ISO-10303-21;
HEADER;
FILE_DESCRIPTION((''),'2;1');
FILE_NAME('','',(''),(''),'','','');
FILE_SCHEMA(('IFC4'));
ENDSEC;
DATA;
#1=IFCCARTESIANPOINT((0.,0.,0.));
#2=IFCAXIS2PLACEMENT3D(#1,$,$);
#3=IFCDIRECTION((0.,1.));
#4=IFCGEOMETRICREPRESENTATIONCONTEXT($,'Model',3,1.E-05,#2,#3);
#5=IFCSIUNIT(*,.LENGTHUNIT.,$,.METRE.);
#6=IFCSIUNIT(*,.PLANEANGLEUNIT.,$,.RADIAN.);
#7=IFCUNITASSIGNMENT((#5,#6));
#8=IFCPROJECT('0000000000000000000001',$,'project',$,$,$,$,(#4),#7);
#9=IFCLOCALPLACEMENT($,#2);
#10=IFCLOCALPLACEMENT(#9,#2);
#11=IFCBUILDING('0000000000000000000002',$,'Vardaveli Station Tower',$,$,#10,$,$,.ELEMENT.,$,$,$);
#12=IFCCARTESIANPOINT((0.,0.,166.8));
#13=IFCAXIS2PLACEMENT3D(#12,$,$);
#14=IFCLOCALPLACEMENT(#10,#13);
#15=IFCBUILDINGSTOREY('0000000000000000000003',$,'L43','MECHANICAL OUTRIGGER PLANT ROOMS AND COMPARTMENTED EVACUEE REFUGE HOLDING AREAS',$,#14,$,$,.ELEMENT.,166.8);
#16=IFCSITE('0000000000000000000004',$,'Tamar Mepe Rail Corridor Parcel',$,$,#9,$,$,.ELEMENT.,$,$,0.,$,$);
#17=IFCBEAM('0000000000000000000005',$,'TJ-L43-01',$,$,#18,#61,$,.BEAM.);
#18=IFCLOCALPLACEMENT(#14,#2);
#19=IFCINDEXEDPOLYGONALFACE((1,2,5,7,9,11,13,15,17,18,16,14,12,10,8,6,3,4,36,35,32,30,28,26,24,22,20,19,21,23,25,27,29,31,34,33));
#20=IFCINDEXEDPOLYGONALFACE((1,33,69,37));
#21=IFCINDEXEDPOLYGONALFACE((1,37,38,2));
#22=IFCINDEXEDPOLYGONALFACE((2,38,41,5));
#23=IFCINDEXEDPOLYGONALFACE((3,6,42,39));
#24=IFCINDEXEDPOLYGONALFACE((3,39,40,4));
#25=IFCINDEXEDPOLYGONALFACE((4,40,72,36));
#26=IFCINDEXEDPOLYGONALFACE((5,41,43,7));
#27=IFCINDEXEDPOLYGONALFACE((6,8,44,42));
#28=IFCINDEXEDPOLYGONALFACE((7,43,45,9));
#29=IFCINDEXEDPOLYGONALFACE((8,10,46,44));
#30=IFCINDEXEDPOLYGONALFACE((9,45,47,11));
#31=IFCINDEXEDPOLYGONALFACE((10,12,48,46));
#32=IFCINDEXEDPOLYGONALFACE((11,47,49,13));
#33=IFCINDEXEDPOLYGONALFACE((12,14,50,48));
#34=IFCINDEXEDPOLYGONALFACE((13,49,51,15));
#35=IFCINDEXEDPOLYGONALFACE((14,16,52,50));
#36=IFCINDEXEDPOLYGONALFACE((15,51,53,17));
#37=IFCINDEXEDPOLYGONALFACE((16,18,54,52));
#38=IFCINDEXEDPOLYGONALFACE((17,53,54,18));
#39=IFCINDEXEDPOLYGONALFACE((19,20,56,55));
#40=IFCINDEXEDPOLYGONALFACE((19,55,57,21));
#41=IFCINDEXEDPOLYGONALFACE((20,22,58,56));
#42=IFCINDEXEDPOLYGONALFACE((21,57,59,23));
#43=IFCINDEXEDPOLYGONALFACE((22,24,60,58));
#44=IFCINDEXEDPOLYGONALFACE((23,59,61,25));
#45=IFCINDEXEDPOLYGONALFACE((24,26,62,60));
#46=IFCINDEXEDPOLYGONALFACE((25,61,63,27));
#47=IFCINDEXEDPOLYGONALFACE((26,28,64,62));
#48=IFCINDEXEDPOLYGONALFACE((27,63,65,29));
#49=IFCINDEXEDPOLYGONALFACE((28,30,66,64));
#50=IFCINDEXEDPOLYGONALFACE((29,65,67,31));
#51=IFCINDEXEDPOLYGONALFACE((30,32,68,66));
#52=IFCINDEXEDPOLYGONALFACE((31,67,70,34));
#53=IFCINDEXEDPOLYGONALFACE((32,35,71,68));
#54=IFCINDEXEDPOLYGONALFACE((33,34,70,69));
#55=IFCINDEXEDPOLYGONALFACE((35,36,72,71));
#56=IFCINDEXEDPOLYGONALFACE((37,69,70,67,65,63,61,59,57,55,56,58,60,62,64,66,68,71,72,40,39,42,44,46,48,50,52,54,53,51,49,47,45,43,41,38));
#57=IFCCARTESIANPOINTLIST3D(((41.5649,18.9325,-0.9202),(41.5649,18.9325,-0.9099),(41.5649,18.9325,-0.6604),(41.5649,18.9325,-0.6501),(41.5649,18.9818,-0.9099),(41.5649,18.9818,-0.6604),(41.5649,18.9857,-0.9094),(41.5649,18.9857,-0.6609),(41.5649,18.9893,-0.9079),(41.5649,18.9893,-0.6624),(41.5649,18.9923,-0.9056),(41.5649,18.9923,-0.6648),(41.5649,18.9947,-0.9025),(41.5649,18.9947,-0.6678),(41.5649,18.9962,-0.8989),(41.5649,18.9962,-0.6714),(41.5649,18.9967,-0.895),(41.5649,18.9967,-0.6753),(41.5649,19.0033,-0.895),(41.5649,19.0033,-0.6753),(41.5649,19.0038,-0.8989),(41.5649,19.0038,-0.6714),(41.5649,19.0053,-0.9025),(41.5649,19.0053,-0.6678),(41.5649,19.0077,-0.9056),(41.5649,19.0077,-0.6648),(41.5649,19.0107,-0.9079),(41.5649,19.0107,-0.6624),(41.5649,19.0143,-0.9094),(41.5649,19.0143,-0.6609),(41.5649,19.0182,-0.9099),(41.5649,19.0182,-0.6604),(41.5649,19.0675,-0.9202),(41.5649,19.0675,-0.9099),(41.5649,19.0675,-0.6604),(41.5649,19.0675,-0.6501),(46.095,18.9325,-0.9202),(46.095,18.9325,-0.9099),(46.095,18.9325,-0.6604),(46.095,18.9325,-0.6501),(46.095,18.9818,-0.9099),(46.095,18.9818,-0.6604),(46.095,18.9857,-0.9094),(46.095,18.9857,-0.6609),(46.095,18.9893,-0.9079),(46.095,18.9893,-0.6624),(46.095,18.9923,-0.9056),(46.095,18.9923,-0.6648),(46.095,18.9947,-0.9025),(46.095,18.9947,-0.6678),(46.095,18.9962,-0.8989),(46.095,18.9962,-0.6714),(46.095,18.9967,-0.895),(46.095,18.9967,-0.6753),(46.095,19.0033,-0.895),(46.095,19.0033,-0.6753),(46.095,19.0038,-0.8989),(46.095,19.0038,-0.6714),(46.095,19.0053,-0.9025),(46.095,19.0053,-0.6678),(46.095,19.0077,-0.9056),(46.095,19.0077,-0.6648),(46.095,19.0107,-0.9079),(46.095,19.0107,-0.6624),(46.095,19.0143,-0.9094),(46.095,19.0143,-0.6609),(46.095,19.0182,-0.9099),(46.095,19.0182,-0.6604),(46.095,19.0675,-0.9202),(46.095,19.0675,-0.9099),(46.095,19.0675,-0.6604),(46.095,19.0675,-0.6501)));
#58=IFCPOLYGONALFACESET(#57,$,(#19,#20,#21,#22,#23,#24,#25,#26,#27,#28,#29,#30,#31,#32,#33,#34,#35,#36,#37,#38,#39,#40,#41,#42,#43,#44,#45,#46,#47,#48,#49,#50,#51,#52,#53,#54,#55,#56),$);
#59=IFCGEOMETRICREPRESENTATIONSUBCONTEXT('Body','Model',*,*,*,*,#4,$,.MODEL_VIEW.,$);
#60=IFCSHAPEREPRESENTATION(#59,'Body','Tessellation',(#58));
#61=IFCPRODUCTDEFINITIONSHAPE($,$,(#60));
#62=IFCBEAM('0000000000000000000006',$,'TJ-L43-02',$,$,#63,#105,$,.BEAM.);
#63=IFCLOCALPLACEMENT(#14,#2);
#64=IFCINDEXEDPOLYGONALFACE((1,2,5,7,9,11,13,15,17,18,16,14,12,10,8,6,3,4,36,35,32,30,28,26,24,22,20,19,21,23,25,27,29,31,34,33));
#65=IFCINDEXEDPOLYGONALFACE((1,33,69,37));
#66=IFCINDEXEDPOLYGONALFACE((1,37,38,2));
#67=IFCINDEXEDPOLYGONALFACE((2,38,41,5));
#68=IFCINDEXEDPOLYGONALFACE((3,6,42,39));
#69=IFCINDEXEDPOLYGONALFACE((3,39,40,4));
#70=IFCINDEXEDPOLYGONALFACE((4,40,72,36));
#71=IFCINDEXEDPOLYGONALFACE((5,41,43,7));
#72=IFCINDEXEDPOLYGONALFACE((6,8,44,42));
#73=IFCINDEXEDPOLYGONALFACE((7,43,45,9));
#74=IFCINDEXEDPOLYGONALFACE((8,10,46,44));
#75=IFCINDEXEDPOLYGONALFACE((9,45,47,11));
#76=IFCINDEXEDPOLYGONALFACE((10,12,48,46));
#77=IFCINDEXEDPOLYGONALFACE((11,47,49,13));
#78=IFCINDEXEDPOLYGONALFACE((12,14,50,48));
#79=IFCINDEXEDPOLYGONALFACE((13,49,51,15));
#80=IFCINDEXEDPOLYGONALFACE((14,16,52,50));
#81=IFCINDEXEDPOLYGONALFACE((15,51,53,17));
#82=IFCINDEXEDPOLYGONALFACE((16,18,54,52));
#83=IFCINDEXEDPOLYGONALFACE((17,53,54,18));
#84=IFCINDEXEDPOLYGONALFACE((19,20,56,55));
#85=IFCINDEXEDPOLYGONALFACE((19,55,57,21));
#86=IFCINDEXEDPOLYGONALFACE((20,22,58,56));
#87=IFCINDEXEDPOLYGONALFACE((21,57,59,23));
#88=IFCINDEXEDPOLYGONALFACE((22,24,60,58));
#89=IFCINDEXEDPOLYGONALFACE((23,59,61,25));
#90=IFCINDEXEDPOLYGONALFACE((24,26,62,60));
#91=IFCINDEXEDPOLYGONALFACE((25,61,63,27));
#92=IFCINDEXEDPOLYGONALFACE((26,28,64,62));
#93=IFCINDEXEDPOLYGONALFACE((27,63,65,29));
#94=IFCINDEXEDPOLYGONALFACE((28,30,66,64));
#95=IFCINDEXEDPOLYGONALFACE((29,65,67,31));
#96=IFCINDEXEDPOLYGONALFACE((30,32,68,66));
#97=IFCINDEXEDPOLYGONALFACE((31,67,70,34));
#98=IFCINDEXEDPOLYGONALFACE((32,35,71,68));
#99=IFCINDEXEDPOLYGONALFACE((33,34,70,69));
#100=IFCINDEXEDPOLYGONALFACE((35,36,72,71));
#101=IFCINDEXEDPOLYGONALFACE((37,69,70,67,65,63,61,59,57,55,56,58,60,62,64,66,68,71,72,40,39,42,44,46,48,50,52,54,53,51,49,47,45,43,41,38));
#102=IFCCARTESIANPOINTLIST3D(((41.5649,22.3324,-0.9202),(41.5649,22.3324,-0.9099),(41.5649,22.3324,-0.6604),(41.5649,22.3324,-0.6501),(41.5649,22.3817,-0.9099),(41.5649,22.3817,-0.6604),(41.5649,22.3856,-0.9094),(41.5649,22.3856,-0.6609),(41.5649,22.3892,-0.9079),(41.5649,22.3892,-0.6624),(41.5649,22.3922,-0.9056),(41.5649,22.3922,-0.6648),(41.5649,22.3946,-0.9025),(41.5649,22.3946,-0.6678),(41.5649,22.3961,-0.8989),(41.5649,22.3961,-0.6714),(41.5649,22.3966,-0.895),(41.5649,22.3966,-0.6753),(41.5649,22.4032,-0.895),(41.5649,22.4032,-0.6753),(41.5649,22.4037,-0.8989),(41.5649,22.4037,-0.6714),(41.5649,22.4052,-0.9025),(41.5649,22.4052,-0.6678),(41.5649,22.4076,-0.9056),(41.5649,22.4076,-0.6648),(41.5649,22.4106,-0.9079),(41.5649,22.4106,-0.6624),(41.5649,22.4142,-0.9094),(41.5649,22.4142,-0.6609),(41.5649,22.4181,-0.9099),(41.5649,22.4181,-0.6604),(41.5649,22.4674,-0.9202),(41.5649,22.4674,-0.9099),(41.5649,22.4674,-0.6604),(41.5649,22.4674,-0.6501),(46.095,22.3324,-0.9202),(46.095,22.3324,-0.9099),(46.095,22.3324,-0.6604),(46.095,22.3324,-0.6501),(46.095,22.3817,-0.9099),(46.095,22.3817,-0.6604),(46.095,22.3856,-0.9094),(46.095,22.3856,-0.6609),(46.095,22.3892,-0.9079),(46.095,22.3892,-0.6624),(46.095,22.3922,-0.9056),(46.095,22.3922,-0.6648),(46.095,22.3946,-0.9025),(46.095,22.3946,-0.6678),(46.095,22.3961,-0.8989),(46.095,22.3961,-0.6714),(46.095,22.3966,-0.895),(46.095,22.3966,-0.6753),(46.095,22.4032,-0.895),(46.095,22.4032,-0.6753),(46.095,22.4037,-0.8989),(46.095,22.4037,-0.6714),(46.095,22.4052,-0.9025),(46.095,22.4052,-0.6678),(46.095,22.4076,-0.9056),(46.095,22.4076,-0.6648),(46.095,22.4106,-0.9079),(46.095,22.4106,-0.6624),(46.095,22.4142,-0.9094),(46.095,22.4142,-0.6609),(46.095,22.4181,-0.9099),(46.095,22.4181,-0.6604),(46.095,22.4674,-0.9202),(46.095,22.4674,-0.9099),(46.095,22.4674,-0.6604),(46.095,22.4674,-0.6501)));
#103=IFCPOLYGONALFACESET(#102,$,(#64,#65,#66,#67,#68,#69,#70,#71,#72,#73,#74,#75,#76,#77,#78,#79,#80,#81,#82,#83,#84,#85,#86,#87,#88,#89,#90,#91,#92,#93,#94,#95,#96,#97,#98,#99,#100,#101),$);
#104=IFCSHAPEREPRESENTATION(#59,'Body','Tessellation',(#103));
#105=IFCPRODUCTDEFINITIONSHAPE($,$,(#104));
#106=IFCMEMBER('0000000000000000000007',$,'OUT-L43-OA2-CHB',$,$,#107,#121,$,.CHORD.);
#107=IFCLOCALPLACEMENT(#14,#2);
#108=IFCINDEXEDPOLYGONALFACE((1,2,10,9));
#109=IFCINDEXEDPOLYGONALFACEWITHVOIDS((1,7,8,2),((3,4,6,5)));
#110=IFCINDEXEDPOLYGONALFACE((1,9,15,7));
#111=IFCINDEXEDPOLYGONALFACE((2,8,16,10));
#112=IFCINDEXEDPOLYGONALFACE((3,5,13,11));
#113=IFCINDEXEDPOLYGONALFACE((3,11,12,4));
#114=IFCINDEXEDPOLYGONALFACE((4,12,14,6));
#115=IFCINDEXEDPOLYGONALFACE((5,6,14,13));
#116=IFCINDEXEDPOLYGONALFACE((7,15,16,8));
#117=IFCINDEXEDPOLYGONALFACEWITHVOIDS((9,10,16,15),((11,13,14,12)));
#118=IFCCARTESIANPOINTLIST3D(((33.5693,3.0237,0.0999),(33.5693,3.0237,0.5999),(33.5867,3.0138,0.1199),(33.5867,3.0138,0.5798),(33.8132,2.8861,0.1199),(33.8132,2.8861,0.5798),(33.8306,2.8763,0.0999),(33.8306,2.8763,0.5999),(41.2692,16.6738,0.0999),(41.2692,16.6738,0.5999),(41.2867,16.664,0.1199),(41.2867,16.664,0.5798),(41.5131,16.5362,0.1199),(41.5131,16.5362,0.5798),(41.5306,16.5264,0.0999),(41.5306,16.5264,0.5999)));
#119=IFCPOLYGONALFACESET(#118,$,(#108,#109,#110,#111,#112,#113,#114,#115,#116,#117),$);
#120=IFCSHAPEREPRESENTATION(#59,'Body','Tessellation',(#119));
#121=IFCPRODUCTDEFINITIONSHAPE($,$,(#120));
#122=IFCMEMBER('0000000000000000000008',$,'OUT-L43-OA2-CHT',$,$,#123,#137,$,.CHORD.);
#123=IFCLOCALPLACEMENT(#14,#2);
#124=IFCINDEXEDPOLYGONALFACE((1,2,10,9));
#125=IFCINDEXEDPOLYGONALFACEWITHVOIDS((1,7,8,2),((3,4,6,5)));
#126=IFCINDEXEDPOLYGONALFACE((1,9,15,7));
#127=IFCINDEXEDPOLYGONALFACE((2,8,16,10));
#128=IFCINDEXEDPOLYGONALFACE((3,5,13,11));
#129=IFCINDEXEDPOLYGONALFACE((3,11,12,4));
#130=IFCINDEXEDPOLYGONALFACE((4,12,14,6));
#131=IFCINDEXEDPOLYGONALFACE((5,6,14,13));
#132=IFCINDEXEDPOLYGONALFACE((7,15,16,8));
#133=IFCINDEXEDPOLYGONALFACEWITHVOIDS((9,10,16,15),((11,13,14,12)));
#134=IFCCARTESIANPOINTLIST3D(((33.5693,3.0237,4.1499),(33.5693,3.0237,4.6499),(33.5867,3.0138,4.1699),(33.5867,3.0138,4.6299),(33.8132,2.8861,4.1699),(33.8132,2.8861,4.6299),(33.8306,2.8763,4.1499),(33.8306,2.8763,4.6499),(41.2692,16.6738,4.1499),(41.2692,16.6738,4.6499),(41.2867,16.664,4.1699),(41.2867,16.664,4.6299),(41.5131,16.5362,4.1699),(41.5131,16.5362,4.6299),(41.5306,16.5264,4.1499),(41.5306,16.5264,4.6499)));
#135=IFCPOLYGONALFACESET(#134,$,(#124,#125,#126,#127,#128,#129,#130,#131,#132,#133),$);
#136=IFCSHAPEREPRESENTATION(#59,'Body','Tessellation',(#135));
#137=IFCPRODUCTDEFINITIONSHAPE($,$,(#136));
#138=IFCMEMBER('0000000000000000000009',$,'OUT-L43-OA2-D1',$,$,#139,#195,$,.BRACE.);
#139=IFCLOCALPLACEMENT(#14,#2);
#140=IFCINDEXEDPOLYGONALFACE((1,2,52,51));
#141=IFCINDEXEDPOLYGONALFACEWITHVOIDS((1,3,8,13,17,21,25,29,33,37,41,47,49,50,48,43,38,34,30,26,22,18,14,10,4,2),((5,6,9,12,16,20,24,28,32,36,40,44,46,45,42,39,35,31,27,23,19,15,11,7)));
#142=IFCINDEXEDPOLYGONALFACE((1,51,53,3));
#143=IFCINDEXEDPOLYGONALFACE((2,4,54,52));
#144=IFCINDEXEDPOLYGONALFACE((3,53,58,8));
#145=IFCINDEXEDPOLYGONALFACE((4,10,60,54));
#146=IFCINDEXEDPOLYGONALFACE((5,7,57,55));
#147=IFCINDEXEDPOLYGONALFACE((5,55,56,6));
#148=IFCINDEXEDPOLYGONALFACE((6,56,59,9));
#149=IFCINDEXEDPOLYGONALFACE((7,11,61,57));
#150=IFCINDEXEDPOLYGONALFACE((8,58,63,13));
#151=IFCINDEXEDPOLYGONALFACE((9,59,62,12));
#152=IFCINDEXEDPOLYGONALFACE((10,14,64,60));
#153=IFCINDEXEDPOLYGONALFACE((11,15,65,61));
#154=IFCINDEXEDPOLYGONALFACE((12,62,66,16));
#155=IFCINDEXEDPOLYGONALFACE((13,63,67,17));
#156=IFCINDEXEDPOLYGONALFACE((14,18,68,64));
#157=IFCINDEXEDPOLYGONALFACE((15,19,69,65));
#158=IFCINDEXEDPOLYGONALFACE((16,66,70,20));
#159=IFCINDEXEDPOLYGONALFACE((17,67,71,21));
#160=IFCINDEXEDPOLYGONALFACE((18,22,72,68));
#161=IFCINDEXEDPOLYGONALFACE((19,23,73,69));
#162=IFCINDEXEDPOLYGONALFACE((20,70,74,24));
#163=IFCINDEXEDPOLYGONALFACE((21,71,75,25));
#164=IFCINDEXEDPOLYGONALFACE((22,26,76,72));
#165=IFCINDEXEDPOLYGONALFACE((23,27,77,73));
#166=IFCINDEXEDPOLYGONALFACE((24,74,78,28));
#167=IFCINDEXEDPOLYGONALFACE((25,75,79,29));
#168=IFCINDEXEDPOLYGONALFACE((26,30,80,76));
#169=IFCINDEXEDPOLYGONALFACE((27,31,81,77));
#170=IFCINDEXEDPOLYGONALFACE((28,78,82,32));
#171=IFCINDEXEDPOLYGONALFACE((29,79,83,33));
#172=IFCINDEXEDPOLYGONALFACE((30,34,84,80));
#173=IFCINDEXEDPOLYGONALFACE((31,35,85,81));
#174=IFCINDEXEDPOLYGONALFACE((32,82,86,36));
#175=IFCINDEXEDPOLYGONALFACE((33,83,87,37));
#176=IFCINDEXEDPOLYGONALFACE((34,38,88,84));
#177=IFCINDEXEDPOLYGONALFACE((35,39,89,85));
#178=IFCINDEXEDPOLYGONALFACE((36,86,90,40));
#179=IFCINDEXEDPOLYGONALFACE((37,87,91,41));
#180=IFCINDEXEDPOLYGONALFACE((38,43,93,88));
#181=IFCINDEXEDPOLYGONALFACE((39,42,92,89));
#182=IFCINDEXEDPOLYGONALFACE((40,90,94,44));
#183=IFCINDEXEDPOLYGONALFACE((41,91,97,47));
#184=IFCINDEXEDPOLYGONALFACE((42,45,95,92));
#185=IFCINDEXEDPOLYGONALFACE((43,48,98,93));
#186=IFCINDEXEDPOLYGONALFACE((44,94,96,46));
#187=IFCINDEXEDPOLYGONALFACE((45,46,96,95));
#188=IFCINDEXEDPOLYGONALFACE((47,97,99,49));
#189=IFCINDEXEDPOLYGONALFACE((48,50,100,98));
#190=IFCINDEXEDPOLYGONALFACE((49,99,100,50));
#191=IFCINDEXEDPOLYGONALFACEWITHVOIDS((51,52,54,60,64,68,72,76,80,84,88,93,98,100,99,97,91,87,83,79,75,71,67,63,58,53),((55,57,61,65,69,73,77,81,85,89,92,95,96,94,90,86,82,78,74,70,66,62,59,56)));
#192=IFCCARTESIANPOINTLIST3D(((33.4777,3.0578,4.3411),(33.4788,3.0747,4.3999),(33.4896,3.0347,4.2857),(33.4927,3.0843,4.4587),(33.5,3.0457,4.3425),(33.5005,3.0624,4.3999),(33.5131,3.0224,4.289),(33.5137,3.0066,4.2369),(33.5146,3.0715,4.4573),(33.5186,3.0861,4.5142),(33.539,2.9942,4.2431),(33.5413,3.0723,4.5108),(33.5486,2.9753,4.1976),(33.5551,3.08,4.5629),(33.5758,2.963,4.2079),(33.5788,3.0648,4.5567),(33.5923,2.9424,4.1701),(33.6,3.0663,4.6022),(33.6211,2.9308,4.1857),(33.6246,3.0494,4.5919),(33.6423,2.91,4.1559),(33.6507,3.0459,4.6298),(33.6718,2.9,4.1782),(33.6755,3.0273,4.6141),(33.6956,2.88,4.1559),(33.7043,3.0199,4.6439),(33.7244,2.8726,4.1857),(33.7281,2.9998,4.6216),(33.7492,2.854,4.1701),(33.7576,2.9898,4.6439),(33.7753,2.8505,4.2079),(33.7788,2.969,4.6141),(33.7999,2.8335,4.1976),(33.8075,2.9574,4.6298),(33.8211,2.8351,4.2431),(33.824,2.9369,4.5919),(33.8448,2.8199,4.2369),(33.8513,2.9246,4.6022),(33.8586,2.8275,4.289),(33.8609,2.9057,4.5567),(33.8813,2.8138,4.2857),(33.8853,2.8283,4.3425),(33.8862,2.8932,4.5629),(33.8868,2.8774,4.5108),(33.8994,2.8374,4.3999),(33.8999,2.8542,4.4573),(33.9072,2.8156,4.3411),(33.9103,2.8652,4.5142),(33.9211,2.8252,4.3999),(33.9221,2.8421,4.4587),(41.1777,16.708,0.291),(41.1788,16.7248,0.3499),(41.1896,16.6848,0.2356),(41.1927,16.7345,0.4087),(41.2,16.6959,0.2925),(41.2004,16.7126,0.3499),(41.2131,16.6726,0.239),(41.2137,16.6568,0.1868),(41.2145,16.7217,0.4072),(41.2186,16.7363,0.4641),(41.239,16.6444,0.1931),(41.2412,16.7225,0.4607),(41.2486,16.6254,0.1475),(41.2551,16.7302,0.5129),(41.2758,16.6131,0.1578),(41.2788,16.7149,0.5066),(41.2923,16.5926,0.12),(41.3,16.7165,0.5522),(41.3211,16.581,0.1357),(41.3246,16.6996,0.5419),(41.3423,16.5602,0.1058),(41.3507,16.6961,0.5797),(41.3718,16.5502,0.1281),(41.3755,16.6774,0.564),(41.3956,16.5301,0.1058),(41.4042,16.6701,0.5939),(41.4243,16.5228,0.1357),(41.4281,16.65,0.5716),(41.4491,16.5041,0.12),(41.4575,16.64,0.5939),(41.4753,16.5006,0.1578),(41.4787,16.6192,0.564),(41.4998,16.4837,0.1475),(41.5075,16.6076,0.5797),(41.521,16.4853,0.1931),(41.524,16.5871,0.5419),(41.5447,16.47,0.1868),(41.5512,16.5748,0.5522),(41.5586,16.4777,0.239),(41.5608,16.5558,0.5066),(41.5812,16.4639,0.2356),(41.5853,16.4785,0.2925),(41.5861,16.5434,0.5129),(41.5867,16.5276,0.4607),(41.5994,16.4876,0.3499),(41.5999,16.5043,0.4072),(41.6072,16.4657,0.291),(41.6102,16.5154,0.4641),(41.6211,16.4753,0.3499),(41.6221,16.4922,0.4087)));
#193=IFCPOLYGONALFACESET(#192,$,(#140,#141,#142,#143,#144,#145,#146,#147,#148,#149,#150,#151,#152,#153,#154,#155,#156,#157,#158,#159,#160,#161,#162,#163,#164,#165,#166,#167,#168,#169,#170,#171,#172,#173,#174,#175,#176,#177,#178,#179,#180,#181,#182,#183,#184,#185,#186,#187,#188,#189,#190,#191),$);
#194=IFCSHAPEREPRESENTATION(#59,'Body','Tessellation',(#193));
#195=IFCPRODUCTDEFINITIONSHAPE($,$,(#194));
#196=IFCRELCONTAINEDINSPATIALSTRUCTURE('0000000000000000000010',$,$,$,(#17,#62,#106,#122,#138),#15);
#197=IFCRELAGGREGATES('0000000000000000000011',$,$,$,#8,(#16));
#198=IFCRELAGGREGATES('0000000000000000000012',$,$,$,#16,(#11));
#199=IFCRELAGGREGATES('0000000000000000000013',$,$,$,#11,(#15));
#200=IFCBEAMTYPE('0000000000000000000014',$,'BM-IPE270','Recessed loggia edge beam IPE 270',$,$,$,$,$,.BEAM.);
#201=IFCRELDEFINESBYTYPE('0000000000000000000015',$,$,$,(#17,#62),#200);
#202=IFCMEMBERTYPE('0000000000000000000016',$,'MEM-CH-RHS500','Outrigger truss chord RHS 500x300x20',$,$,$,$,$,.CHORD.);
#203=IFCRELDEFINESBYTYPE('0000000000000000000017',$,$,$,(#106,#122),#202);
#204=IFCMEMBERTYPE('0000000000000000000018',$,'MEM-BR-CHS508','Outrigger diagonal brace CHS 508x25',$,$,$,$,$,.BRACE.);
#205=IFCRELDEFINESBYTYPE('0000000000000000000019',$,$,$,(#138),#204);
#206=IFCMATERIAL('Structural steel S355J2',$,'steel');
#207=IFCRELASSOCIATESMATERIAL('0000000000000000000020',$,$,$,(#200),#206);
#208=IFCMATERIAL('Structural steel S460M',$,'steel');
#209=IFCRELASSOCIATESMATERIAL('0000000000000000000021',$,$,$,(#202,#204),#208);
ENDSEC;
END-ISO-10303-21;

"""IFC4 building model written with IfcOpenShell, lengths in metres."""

from ifc_helpers import new_model, si_unit, direction, frame, origin, origin_2d, place, context, subcontext, project, spatial, hollow_rectangle, hollow_circle, i_section, extrude, source, transform, mapped, material, material_profile, profile_set, type_object, element, save


model = new_model("IFC4")

# Units and contexts
model_context = context("Model", 3, precision=1e-05, world=origin(), true_north=direction((0.0, 1.0)))
body_context = subcontext(model_context, "Body", "Model", "MODEL_VIEW")
ifc_project = project(units=[si_unit("LENGTHUNIT", "METRE"), si_unit("PLANEANGLEUNIT", "RADIAN")], contexts=[model_context])

# Site, building, storey
site_placement = place(None, origin())
site = spatial("IfcSite", under=ifc_project, at=site_placement, Name="Tamar Mepe Rail Corridor Parcel", CompositionType="ELEMENT", RefElevation=0.0)
building_placement = place(site_placement, origin())
building = spatial("IfcBuilding", under=site, at=building_placement, Name="Vardaveli Station Tower", CompositionType="ELEMENT")
storey_placement = place(building_placement, frame((0.0, 0.0, 166.8)))
storey = spatial("IfcBuildingStorey", under=building, at=storey_placement, Name="L43", Description="MECHANICAL OUTRIGGER PLANT ROOMS AND COMPARTMENTED EVACUEE REFUGE HOLDING AREAS", CompositionType="ELEMENT", Elevation=166.8)

# Shared definitions
ifc_material_1 = material(Name="Structural steel S460M", Category="steel")

# Beams
ifc_material_2 = material(Name="Structural steel S355J2", Category="steel")
ifc_material_profile_1 = material_profile(ifc_material_2, i_section(OverallWidth=0.135, OverallDepth=0.27, WebThickness=0.0066, FlangeThickness=0.0103, FilletRadius=0.0149, at=origin_2d()), Name="IPE 270")
ifc_profile_set_1 = profile_set([ifc_material_profile_1], Name="Structural steel S355J2")
beam_type_1 = type_object("IfcBeamType", Name="BM-IPE270", Description="Recessed loggia edge beam IPE 270", PredefinedType="BEAM", material=ifc_profile_set_1)
shared_shape_1 = source(origin(), body_context, "Body", "SweptSolid", [
    extrude(i_section(OverallWidth=0.135, OverallDepth=0.27, WebThickness=0.0066, FlangeThickness=0.0103, FilletRadius=0.0149, at=origin_2d()), origin(), (0.0, 0.0, 1.0), 4.53),
])
for number, where, z_axis, x_axis, name in (
    (1, (41.5649, 19.0, -0.7852), (1.0, 0.0, 0.0), (0.0, 1.0, 0.0), "TJ-L43-01"),
    (2, (41.5649, 22.3999, -0.7852), (1.0, 0.0, 0.0), (0.0, 1.0, 0.0), "TJ-L43-02"),
):
    element("IfcBeam", number, at=place(storey_placement, frame(where, z_axis=z_axis, x_axis=x_axis)), inside=storey, type_object=beam_type_1, Name=name, PredefinedType="BEAM", context=body_context, shape_type="MappedRepresentation", body=[
        mapped(shared_shape_1, transform((0.0, 0.0, 0.0), scale=1.0)),
    ])

# Members
ifc_material_profile_2 = material_profile(ifc_material_1, hollow_rectangle(XDim=0.3, YDim=0.5, WallThickness=0.02, at=origin_2d()), Name="RHS 500x300x20")
ifc_profile_set_2 = profile_set([ifc_material_profile_2], Name="Structural steel S460M")
member_type_1 = type_object("IfcMemberType", Name="MEM-CH-RHS500", Description="Outrigger truss chord RHS 500x300x20", PredefinedType="CHORD", material=ifc_profile_set_2)
shared_shape_2 = source(origin(), body_context, "Body", "SweptSolid", [
    extrude(hollow_rectangle(XDim=0.3, YDim=0.5, WallThickness=0.02, at=origin_2d()), origin(), (0.0, 0.0, 1.0), 15.6721),
])
for number, where, z_axis, x_axis, name in (
    (3, (41.3999, 16.6001, 0.3499), (-0.491315, -0.870982, 0.0), (0.870982, -0.491315, 0.0), "OUT-L43-OA2-CHB"),
    (4, (41.3999, 16.6001, 4.3999), (-0.491315, -0.870982, 0.0), (0.870982, -0.491315, 0.0), "OUT-L43-OA2-CHT"),
):
    element("IfcMember", number, at=place(storey_placement, frame(where, z_axis=z_axis, x_axis=x_axis)), inside=storey, type_object=member_type_1, Name=name, PredefinedType="CHORD", context=body_context, shape_type="MappedRepresentation", body=[
        mapped(shared_shape_2, transform((0.0, 0.0, 0.0), scale=1.0)),
    ])
ifc_material_profile_3 = material_profile(ifc_material_1, hollow_circle(Radius=0.2539, WallThickness=0.0249, at=origin_2d()), Name="CHS 508x25")
ifc_profile_set_3 = profile_set([ifc_material_profile_3], Name="Structural steel S460M")
member_type_2 = type_object("IfcMemberType", Name="MEM-BR-CHS508", Description="Outrigger diagonal brace CHS 508x25", PredefinedType="BRACE", material=ifc_profile_set_3)
shared_shape_3 = source(origin(), body_context, "Body", "SweptSolid", [
    extrude(hollow_circle(Radius=0.2539, WallThickness=0.0249, at=origin_2d()), origin(), (0.0, 0.0, 1.0), 16.187),
])
member_1_placement = place(storey_placement, frame((41.3999, 16.6001, 0.3499), z_axis=(-0.475688, -0.843279, 0.250204), x_axis=(0.870982, -0.491315, 0.0)))
element("IfcMember", 5, at=member_1_placement, inside=storey, type_object=member_type_2, Name="OUT-L43-OA2-D1", PredefinedType="BRACE", context=body_context, shape_type="MappedRepresentation", body=[
    mapped(shared_shape_3, transform((0.0, 0.0, 0.0), scale=1.0)),
])

save(model, "model.ifc")
